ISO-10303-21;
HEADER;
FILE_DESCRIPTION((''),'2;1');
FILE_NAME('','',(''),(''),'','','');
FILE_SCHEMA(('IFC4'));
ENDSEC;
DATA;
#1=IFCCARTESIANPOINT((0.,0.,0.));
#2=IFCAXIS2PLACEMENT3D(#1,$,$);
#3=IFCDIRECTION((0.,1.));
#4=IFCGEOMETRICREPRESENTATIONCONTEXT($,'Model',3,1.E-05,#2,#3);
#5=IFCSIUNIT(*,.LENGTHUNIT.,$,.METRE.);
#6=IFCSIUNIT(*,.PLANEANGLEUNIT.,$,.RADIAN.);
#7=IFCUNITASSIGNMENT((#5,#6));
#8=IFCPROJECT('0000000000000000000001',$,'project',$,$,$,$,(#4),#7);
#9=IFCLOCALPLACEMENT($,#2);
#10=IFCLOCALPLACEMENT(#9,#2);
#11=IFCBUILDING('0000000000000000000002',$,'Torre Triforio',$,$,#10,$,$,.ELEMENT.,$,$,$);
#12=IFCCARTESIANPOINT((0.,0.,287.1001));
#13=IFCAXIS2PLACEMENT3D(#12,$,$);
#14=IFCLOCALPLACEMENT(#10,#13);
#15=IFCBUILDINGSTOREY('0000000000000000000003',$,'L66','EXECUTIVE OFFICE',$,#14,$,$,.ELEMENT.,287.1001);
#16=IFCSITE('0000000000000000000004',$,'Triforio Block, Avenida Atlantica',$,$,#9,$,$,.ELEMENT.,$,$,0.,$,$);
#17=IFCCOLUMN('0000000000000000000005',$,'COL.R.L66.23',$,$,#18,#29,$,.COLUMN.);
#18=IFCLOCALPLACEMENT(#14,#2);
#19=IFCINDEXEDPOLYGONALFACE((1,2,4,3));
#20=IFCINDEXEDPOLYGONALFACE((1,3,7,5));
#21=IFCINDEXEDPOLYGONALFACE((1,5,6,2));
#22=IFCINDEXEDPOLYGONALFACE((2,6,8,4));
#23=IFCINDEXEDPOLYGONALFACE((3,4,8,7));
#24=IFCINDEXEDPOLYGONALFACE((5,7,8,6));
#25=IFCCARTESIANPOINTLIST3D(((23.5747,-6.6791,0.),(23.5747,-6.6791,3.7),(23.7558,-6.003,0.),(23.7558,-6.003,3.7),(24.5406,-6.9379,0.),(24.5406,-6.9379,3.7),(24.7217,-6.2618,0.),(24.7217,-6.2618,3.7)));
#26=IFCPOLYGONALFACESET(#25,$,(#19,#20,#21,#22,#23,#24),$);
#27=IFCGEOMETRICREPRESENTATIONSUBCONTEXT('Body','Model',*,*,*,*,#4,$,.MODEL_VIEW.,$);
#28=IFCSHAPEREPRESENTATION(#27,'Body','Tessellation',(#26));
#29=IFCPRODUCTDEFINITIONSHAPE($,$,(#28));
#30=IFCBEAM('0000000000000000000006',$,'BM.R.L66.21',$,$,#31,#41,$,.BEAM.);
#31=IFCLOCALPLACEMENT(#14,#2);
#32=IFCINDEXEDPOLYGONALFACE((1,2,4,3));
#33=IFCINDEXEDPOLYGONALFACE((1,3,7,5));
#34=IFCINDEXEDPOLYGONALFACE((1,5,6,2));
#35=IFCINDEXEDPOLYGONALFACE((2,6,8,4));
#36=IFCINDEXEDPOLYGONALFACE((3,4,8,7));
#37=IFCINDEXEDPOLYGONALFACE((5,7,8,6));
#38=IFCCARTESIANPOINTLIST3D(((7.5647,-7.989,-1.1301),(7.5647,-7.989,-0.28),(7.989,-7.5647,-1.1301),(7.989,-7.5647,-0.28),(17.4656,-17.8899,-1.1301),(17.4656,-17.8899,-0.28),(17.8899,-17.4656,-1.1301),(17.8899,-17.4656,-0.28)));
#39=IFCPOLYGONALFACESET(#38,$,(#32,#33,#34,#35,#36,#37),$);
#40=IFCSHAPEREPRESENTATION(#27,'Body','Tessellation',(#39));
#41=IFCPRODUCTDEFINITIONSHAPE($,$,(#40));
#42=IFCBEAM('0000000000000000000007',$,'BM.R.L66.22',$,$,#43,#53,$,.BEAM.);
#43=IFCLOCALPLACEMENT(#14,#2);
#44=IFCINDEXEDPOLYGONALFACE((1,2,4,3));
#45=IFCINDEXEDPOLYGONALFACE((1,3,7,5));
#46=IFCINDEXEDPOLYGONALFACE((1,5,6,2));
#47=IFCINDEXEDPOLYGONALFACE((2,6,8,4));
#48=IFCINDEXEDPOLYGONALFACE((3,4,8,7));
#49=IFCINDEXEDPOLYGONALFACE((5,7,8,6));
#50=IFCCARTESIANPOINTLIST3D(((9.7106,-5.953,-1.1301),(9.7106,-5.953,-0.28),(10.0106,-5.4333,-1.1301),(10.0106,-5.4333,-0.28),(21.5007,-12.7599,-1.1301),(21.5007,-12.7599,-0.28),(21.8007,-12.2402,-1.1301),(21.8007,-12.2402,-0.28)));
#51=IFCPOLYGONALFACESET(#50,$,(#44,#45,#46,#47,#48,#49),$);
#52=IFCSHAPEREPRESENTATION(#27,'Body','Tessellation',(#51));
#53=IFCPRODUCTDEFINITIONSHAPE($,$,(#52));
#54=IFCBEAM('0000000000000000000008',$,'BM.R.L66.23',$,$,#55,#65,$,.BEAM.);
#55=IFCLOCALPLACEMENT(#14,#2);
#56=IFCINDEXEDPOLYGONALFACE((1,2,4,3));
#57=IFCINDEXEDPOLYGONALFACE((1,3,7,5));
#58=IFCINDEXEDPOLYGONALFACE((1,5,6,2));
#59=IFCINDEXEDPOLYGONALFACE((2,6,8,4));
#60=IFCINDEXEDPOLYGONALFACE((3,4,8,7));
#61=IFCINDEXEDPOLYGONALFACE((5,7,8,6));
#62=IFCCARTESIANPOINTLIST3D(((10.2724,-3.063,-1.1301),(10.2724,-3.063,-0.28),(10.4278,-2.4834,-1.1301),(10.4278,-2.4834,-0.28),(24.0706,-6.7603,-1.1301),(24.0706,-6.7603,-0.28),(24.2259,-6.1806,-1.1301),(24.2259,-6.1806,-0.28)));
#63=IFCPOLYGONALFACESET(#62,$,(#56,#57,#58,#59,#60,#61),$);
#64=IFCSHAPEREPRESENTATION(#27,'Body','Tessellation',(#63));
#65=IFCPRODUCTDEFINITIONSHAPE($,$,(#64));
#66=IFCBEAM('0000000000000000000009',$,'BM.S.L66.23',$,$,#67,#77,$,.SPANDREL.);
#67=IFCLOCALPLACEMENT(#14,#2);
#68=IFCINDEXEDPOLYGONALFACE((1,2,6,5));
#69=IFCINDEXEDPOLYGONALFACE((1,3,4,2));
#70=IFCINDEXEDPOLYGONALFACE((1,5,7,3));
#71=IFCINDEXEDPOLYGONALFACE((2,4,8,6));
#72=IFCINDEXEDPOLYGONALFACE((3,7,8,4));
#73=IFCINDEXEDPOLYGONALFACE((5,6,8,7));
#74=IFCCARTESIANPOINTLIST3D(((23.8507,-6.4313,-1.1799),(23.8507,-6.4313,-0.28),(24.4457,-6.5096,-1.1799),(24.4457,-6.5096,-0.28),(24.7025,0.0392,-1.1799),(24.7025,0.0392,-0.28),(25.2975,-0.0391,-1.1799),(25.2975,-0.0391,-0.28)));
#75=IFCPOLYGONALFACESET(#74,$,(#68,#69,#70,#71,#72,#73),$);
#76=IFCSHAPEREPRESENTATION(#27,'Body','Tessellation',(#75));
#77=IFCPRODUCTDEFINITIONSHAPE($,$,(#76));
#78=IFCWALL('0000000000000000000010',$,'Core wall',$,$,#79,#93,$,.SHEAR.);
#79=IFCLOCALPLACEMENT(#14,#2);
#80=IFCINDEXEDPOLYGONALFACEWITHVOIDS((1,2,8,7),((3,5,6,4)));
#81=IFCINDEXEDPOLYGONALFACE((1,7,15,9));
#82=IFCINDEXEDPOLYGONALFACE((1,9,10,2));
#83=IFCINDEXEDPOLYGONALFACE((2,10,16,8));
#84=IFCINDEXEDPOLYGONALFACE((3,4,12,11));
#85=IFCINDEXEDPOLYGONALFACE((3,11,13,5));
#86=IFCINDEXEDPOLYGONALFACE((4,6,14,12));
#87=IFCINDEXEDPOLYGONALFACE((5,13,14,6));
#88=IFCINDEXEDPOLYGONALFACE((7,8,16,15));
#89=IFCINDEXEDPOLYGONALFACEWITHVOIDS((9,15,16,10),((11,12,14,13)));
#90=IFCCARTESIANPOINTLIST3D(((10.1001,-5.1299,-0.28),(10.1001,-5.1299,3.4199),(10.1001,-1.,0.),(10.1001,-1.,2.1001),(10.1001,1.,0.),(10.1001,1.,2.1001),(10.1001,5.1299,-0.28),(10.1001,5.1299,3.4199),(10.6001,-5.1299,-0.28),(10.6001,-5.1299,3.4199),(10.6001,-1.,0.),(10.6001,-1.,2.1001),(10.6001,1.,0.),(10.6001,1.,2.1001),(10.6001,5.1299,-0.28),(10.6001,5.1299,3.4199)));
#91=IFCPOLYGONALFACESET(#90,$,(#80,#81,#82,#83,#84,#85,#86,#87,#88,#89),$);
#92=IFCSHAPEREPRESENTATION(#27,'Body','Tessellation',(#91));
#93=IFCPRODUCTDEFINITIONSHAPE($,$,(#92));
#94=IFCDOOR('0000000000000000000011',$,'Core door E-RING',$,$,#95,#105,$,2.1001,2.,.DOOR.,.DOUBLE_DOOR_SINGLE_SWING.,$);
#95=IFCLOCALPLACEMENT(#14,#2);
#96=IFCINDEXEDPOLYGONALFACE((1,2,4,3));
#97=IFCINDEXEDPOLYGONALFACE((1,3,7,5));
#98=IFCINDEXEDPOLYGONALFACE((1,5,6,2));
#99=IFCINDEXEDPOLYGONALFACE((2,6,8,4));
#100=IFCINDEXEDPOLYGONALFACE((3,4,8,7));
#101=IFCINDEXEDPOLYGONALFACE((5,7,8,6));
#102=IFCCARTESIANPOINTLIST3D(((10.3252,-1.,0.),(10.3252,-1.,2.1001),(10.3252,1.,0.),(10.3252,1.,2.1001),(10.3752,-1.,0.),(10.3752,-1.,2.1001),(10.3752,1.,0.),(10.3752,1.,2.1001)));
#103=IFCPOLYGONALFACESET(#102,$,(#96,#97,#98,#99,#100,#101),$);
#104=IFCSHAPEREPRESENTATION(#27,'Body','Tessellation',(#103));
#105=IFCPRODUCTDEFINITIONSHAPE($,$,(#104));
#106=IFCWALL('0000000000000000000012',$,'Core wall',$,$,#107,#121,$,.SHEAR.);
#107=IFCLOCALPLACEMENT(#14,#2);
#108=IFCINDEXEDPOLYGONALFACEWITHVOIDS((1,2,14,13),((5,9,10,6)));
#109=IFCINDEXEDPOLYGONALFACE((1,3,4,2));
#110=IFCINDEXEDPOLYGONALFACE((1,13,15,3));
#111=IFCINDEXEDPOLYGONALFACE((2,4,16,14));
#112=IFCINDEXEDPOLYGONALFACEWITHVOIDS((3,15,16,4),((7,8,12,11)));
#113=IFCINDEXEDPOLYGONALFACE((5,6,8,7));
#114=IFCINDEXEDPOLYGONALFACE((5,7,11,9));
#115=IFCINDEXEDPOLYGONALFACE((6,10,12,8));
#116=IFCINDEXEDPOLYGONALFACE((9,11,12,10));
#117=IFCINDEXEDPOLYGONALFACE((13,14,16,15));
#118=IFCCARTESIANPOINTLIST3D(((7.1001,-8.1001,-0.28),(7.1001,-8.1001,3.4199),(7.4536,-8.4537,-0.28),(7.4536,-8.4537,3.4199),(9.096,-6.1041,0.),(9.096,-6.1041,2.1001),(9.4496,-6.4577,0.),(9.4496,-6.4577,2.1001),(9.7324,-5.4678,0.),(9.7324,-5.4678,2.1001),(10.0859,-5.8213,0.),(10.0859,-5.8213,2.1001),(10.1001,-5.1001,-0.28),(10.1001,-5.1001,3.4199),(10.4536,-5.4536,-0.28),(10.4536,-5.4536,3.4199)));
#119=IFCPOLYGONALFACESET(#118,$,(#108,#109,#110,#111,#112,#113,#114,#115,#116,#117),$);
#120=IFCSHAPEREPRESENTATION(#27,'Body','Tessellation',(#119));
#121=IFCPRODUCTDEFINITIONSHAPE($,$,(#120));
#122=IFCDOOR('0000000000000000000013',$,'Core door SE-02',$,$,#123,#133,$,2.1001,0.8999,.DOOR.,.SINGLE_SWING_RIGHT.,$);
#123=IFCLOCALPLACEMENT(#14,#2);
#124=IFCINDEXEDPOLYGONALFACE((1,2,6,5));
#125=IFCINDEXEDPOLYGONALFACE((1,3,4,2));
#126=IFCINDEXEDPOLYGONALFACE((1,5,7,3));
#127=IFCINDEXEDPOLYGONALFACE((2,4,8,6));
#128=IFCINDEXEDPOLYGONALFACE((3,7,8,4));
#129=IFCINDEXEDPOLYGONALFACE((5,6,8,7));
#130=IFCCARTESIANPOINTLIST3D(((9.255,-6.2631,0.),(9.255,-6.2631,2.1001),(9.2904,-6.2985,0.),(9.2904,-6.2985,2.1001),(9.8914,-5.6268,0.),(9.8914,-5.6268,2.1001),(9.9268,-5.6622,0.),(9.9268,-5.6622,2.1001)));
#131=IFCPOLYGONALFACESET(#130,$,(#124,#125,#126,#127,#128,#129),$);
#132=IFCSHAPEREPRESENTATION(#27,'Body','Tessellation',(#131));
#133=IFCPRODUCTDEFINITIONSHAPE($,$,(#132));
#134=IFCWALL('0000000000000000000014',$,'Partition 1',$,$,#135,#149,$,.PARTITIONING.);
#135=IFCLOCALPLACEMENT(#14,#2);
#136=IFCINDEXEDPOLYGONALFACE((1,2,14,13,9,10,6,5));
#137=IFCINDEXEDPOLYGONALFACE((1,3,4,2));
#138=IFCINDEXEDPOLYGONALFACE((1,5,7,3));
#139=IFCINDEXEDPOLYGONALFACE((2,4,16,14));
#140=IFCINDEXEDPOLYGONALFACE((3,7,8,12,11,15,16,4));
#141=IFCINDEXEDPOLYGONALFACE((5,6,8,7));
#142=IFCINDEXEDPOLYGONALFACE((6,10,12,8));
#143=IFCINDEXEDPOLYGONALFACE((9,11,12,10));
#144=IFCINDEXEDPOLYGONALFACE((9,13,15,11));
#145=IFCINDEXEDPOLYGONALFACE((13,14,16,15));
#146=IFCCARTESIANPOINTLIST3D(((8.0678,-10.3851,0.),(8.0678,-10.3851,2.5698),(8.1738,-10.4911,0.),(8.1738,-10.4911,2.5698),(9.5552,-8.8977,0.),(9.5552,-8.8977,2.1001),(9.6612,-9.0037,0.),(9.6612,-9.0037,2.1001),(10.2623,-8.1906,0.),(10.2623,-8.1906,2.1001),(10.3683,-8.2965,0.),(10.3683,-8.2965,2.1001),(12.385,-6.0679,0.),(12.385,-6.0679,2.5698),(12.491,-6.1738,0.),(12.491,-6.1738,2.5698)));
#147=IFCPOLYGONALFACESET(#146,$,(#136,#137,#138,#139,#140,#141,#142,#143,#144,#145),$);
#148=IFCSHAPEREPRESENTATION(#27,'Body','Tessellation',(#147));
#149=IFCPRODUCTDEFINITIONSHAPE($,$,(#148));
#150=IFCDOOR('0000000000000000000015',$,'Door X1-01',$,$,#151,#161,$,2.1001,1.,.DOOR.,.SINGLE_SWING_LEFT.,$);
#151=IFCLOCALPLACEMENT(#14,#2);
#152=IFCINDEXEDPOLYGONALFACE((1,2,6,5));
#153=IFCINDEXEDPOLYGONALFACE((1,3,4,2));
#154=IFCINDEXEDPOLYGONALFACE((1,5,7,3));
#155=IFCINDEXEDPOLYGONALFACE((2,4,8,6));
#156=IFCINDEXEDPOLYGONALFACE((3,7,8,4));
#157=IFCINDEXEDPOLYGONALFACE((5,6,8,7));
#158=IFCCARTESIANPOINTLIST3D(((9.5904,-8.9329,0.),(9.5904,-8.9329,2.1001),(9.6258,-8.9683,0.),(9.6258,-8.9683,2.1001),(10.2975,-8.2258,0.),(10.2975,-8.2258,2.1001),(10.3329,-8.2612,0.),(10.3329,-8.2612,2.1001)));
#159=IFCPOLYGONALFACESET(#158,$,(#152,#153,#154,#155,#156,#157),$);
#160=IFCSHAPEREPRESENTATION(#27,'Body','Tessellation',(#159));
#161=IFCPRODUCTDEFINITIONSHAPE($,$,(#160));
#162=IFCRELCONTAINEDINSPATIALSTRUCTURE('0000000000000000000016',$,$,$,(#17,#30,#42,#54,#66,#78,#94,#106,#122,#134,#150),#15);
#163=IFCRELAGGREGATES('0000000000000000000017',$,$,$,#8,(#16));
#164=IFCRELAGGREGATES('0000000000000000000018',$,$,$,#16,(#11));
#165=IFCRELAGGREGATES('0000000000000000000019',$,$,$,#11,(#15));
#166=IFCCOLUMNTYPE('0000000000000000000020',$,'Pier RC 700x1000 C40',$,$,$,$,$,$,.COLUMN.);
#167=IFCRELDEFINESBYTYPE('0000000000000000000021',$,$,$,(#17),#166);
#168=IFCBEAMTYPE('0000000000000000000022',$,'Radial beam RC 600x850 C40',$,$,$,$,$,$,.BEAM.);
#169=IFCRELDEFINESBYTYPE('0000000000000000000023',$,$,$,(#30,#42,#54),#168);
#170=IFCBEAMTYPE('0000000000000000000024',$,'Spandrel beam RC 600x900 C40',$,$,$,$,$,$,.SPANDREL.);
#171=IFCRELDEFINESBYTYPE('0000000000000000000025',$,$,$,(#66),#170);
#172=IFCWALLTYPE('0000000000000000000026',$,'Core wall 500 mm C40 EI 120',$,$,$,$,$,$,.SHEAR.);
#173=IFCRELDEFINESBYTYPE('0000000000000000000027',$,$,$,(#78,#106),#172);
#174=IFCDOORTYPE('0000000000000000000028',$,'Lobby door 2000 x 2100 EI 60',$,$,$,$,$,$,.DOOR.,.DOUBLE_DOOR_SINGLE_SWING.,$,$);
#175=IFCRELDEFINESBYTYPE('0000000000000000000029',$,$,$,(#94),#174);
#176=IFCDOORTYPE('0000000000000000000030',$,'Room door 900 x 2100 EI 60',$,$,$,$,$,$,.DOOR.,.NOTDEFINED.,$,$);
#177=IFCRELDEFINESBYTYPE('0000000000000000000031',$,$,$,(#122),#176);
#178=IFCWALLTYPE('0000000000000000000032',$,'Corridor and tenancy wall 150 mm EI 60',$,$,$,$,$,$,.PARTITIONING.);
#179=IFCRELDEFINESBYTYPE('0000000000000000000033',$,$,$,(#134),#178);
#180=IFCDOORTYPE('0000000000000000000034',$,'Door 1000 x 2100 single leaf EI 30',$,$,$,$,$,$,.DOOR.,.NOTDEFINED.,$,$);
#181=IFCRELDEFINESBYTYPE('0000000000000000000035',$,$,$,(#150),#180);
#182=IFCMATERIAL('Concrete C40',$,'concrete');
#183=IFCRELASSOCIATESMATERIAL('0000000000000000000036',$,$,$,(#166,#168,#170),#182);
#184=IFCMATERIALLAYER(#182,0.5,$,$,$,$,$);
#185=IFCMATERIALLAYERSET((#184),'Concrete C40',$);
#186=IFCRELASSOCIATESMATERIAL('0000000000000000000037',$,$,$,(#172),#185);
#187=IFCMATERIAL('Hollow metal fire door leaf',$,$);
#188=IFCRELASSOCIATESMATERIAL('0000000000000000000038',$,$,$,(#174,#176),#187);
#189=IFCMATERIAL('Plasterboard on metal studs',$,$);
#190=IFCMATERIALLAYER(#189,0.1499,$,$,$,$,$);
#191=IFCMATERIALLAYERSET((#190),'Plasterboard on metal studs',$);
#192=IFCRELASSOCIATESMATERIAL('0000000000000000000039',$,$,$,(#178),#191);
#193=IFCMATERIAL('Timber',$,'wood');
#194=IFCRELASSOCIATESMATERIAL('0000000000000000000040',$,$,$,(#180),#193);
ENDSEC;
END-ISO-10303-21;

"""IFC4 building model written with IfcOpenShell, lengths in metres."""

from ifc_helpers import new_model, si_unit, direction, frame, frame_2d, origin, origin_2d, place, context, subcontext, project, spatial, rectangle, extrude, material, layer, layer_set, material_profile, profile_set, type_object, element, fill, save


model = new_model("IFC4")

# Units and contexts
model_context = context("Model", 3, precision=1e-05, world=origin(), true_north=direction((0.0, 1.0)))
body_context = subcontext(model_context, "Body", "Model", "MODEL_VIEW")
ifc_project = project(units=[si_unit("LENGTHUNIT", "METRE"), si_unit("PLANEANGLEUNIT", "RADIAN")], contexts=[model_context])

# Site, building, storey
site_placement = place(None, origin())
site = spatial("IfcSite", under=ifc_project, at=site_placement, Name="Triforio Block, Avenida Atlantica", CompositionType="ELEMENT", RefElevation=0.0)
building_placement = place(site_placement, origin())
building = spatial("IfcBuilding", under=site, at=building_placement, Name="Torre Triforio", CompositionType="ELEMENT")
storey_placement = place(building_placement, frame((0.0, 0.0, 287.1001)))
storey = spatial("IfcBuildingStorey", under=building, at=storey_placement, Name="L66", Description="EXECUTIVE OFFICE", CompositionType="ELEMENT", Elevation=287.1001)

# Column
ifc_material_1 = material(Name="Concrete C40", Category="concrete")
ifc_material_profile_1 = material_profile(ifc_material_1, rectangle(XDim=0.7, YDim=1.0, at=origin_2d()), Name="RC 700x1000")
ifc_profile_set_1 = profile_set([ifc_material_profile_1], Name="Concrete C40")
column_type = type_object("IfcColumnType", Name="Pier RC 700x1000 C40", PredefinedType="COLUMN", material=ifc_profile_set_1)
column_placement = place(storey_placement, frame((24.1482, -6.4705, 0.0), z_axis=(0.0, 0.0, 1.0), x_axis=(0.258819, 0.965926, 0.0)))
element("IfcColumn", 1, at=column_placement, inside=storey, type_object=column_type, Name="COL.R.L66.23", PredefinedType="COLUMN", context=body_context, shape_type="SweptSolid", body=[
    extrude(rectangle(XDim=0.7, YDim=1.0, at=origin_2d()), origin(), (0.0, 0.0, 1.0), 3.7),
])

# Beams
ifc_material_profile_2 = material_profile(ifc_material_1, rectangle(XDim=0.6001, YDim=0.8501, at=origin_2d()), Name="RC 600x850")
ifc_profile_set_2 = profile_set([ifc_material_profile_2], Name="Concrete C40")
beam_type_1 = type_object("IfcBeamType", Name="Radial beam RC 600x850 C40", PredefinedType="BEAM", material=ifc_profile_set_2)
beam_1_placement = place(storey_placement, frame((7.7769, -7.7769, -0.7051), z_axis=(0.707107, -0.707107, 0.0), x_axis=(0.707107, 0.707107, 0.0)))
element("IfcBeam", 2, at=beam_1_placement, inside=storey, type_object=beam_type_1, Name="BM.R.L66.21", PredefinedType="BEAM", context=body_context, shape_type="SweptSolid", body=[
    extrude(rectangle(XDim=0.6001, YDim=0.8501, at=origin_2d()), origin(), (0.0, 0.0, 1.0), 14.002),
])
beam_2_placement = place(storey_placement, frame((9.8606, -5.6931, -0.7051), z_axis=(0.866029, -0.499995, 0.0), x_axis=(0.499995, 0.866029, 0.0)))
element("IfcBeam", 3, at=beam_2_placement, inside=storey, type_object=beam_type_1, Name="BM.R.L66.22", PredefinedType="BEAM", context=body_context, shape_type="SweptSolid", body=[
    extrude(rectangle(XDim=0.6001, YDim=0.8501, at=origin_2d()), origin(), (0.0, 0.0, 1.0), 13.614),
])
beam_3_placement = place(storey_placement, frame((10.3501, -2.7732, -0.7051), z_axis=(0.965924, -0.258824, 0.0), x_axis=(0.258824, 0.965924, 0.0)))
element("IfcBeam", 4, at=beam_3_placement, inside=storey, type_object=beam_type_1, Name="BM.R.L66.23", PredefinedType="BEAM", context=body_context, shape_type="SweptSolid", body=[
    extrude(rectangle(XDim=0.6001, YDim=0.8501, at=origin_2d()), origin(), (0.0, 0.0, 1.0), 14.2849),
])
ifc_material_profile_3 = material_profile(ifc_material_1, rectangle(XDim=0.6001, YDim=0.8999, at=origin_2d()), Name="RC 600x900")
ifc_profile_set_3 = profile_set([ifc_material_profile_3], Name="Concrete C40")
beam_type_2 = type_object("IfcBeamType", Name="Spandrel beam RC 600x900 C40", PredefinedType="SPANDREL", material=ifc_profile_set_3)
beam_4_placement = place(storey_placement, frame((24.1482, -6.4705, -0.73), z_axis=(0.130519, 0.991446, 0.0), x_axis=(-0.991446, 0.130519, 0.0)))
element("IfcBeam", 5, at=beam_4_placement, inside=storey, type_object=beam_type_2, Name="BM.S.L66.23", PredefinedType="SPANDREL", context=body_context, shape_type="SweptSolid", body=[
    extrude(rectangle(XDim=0.6001, YDim=0.8999, at=origin_2d()), origin(), (0.0, 0.0, 1.0), 6.5264),
])

# Walls, openings, doors
ifc_layer_1 = layer(ifc_material_1, 0.5)
ifc_layer_set_1 = layer_set([ifc_layer_1], Name="Concrete C40")
wall_type_1 = type_object("IfcWallType", Name="Core wall 500 mm C40 EI 120", PredefinedType="SHEAR", material=ifc_layer_set_1)
wall_1_placement = place(storey_placement, frame((10.3501, -5.1299, -0.28), z_axis=(0.0, 0.0, 1.0), x_axis=(0.0, 1.0, 0.0)))
wall_1 = element("IfcWall", 6, at=wall_1_placement, inside=storey, type_object=wall_type_1, Name="Core wall", PredefinedType="SHEAR", context=body_context, shape_type="SweptSolid", body=[
    extrude(rectangle(XDim=10.2598, YDim=0.5, at=frame_2d((5.1299, 0.0))), origin(), (0.0, 0.0, 1.0), 3.7),
])
opening_1_placement = place(wall_1_placement, frame((4.1299, 0.0, 0.28)))
opening_1 = element("IfcOpeningElement", 7, at=opening_1_placement, cuts=wall_1, PredefinedType="OPENING", context=body_context, shape_type="SweptSolid", body=[
    extrude(rectangle(XDim=2.0, YDim=2.1001, at=frame_2d((1.0, 1.05))), frame((0.0, 0.26, 0.0), z_axis=(0.0, -1.0, 0.0), x_axis=(1.0, 0.0, 0.0)), (0.0, 0.0, 1.0), 0.52),
])
ifc_material_2 = material(Name="Hollow metal fire door leaf")
door_type_1 = type_object("IfcDoorType", Name="Lobby door 2000 x 2100 EI 60", OperationType="DOUBLE_DOOR_SINGLE_SWING", PredefinedType="DOOR", material=ifc_material_2)
door_1_placement = place(opening_1_placement, origin())
door_1 = element("IfcDoor", 8, at=door_1_placement, inside=storey, type_object=door_type_1, Name="Core door E-RING", OperationType="DOUBLE_DOOR_SINGLE_SWING", OverallHeight=2.1001, OverallWidth=2.0, PredefinedType="DOOR", context=body_context, shape_type="SweptSolid", body=[
    extrude(rectangle(XDim=2.0, YDim=2.1001, at=frame_2d((1.0, 1.05))), frame((0.0, 0.0249, 0.0), z_axis=(0.0, -1.0, 0.0), x_axis=(1.0, 0.0, 0.0)), (0.0, 0.0, 1.0), 0.05),
])
fill(opening_1, door_1)
wall_2_placement = place(storey_placement, frame((10.2769, -5.2769, -0.28), z_axis=(0.0, 0.0, 1.0), x_axis=(-0.707107, -0.707107, 0.0)))
wall_2 = element("IfcWall", 9, at=wall_2_placement, inside=storey, type_object=wall_type_1, Name="Core wall", PredefinedType="SHEAR", context=body_context, shape_type="SweptSolid", body=[
    extrude(rectangle(XDim=4.2427, YDim=0.5, at=frame_2d((2.1213, 0.0))), origin(), (0.0, 0.0, 1.0), 3.7),
])
opening_2_placement = place(wall_2_placement, frame((0.52, 0.0, 0.28)))
opening_2 = element("IfcOpeningElement", 10, at=opening_2_placement, cuts=wall_2, PredefinedType="OPENING", context=body_context, shape_type="SweptSolid", body=[
    extrude(rectangle(XDim=0.8999, YDim=2.1001, at=frame_2d((0.45, 1.05))), frame((0.0, 0.26, 0.0), z_axis=(0.0, -1.0, 0.0), x_axis=(1.0, 0.0, 0.0)), (0.0, 0.0, 1.0), 0.52),
])
door_type_2 = type_object("IfcDoorType", Name="Room door 900 x 2100 EI 60", OperationType="NOTDEFINED", PredefinedType="DOOR", material=ifc_material_2)
door_2_placement = place(opening_2_placement, origin())
door_2 = element("IfcDoor", 11, at=door_2_placement, inside=storey, type_object=door_type_2, Name="Core door SE-02", OperationType="SINGLE_SWING_RIGHT", OverallHeight=2.1001, OverallWidth=0.8999, PredefinedType="DOOR", context=body_context, shape_type="SweptSolid", body=[
    extrude(rectangle(XDim=0.8999, YDim=2.1001, at=frame_2d((0.45, 1.05))), frame((0.0, 0.0249, 0.0), z_axis=(0.0, -1.0, 0.0), x_axis=(1.0, 0.0, 0.0)), (0.0, 0.0, 1.0), 0.05),
])
fill(opening_2, door_2)
ifc_material_3 = material(Name="Plasterboard on metal studs")
ifc_layer_2 = layer(ifc_material_3, 0.1499)
ifc_layer_set_2 = layer_set([ifc_layer_2], Name="Plasterboard on metal studs")
wall_type_2 = type_object("IfcWallType", Name="Corridor and tenancy wall 150 mm EI 60", PredefinedType="PARTITIONING", material=ifc_layer_set_2)
wall_3_placement = place(storey_placement, frame((12.438, -6.1208, 0.0), z_axis=(0.0, 0.0, 1.0), x_axis=(-0.707107, -0.707107, 0.0)))
wall_3 = element("IfcWall", 12, at=wall_3_placement, inside=storey, type_object=wall_type_2, Name="Partition 1", PredefinedType="PARTITIONING", context=body_context, shape_type="SweptSolid", body=[
    extrude(rectangle(XDim=6.1055, YDim=0.1499, at=frame_2d((3.0527, 0.0))), origin(), (0.0, 0.0, 1.0), 2.5698),
])
opening_3_placement = place(wall_3_placement, frame((3.002, 0.0, 0.0)))
opening_3 = element("IfcOpeningElement", 13, at=opening_3_placement, cuts=wall_3, PredefinedType="OPENING", context=body_context, shape_type="SweptSolid", body=[
    extrude(rectangle(XDim=1.0, YDim=2.1001, at=frame_2d((0.5, 1.05))), frame((0.0, 0.085, 0.0), z_axis=(0.0, -1.0, 0.0), x_axis=(1.0, 0.0, 0.0)), (0.0, 0.0, 1.0), 0.1699),
])
ifc_material_4 = material(Name="Timber", Category="wood")
door_type_3 = type_object("IfcDoorType", Name="Door 1000 x 2100 single leaf EI 30", OperationType="NOTDEFINED", PredefinedType="DOOR", material=ifc_material_4)
door_3_placement = place(opening_3_placement, origin())
door_3 = element("IfcDoor", 14, at=door_3_placement, inside=storey, type_object=door_type_3, Name="Door X1-01", OperationType="SINGLE_SWING_LEFT", OverallHeight=2.1001, OverallWidth=1.0, PredefinedType="DOOR", context=body_context, shape_type="SweptSolid", body=[
    extrude(rectangle(XDim=1.0, YDim=2.1001, at=frame_2d((0.5, 1.05))), frame((0.0, 0.0249, 0.0), z_axis=(0.0, -1.0, 0.0), x_axis=(1.0, 0.0, 0.0)), (0.0, 0.0, 1.0), 0.05),
])
fill(opening_3, door_3)

save(model, "model.ifc")
